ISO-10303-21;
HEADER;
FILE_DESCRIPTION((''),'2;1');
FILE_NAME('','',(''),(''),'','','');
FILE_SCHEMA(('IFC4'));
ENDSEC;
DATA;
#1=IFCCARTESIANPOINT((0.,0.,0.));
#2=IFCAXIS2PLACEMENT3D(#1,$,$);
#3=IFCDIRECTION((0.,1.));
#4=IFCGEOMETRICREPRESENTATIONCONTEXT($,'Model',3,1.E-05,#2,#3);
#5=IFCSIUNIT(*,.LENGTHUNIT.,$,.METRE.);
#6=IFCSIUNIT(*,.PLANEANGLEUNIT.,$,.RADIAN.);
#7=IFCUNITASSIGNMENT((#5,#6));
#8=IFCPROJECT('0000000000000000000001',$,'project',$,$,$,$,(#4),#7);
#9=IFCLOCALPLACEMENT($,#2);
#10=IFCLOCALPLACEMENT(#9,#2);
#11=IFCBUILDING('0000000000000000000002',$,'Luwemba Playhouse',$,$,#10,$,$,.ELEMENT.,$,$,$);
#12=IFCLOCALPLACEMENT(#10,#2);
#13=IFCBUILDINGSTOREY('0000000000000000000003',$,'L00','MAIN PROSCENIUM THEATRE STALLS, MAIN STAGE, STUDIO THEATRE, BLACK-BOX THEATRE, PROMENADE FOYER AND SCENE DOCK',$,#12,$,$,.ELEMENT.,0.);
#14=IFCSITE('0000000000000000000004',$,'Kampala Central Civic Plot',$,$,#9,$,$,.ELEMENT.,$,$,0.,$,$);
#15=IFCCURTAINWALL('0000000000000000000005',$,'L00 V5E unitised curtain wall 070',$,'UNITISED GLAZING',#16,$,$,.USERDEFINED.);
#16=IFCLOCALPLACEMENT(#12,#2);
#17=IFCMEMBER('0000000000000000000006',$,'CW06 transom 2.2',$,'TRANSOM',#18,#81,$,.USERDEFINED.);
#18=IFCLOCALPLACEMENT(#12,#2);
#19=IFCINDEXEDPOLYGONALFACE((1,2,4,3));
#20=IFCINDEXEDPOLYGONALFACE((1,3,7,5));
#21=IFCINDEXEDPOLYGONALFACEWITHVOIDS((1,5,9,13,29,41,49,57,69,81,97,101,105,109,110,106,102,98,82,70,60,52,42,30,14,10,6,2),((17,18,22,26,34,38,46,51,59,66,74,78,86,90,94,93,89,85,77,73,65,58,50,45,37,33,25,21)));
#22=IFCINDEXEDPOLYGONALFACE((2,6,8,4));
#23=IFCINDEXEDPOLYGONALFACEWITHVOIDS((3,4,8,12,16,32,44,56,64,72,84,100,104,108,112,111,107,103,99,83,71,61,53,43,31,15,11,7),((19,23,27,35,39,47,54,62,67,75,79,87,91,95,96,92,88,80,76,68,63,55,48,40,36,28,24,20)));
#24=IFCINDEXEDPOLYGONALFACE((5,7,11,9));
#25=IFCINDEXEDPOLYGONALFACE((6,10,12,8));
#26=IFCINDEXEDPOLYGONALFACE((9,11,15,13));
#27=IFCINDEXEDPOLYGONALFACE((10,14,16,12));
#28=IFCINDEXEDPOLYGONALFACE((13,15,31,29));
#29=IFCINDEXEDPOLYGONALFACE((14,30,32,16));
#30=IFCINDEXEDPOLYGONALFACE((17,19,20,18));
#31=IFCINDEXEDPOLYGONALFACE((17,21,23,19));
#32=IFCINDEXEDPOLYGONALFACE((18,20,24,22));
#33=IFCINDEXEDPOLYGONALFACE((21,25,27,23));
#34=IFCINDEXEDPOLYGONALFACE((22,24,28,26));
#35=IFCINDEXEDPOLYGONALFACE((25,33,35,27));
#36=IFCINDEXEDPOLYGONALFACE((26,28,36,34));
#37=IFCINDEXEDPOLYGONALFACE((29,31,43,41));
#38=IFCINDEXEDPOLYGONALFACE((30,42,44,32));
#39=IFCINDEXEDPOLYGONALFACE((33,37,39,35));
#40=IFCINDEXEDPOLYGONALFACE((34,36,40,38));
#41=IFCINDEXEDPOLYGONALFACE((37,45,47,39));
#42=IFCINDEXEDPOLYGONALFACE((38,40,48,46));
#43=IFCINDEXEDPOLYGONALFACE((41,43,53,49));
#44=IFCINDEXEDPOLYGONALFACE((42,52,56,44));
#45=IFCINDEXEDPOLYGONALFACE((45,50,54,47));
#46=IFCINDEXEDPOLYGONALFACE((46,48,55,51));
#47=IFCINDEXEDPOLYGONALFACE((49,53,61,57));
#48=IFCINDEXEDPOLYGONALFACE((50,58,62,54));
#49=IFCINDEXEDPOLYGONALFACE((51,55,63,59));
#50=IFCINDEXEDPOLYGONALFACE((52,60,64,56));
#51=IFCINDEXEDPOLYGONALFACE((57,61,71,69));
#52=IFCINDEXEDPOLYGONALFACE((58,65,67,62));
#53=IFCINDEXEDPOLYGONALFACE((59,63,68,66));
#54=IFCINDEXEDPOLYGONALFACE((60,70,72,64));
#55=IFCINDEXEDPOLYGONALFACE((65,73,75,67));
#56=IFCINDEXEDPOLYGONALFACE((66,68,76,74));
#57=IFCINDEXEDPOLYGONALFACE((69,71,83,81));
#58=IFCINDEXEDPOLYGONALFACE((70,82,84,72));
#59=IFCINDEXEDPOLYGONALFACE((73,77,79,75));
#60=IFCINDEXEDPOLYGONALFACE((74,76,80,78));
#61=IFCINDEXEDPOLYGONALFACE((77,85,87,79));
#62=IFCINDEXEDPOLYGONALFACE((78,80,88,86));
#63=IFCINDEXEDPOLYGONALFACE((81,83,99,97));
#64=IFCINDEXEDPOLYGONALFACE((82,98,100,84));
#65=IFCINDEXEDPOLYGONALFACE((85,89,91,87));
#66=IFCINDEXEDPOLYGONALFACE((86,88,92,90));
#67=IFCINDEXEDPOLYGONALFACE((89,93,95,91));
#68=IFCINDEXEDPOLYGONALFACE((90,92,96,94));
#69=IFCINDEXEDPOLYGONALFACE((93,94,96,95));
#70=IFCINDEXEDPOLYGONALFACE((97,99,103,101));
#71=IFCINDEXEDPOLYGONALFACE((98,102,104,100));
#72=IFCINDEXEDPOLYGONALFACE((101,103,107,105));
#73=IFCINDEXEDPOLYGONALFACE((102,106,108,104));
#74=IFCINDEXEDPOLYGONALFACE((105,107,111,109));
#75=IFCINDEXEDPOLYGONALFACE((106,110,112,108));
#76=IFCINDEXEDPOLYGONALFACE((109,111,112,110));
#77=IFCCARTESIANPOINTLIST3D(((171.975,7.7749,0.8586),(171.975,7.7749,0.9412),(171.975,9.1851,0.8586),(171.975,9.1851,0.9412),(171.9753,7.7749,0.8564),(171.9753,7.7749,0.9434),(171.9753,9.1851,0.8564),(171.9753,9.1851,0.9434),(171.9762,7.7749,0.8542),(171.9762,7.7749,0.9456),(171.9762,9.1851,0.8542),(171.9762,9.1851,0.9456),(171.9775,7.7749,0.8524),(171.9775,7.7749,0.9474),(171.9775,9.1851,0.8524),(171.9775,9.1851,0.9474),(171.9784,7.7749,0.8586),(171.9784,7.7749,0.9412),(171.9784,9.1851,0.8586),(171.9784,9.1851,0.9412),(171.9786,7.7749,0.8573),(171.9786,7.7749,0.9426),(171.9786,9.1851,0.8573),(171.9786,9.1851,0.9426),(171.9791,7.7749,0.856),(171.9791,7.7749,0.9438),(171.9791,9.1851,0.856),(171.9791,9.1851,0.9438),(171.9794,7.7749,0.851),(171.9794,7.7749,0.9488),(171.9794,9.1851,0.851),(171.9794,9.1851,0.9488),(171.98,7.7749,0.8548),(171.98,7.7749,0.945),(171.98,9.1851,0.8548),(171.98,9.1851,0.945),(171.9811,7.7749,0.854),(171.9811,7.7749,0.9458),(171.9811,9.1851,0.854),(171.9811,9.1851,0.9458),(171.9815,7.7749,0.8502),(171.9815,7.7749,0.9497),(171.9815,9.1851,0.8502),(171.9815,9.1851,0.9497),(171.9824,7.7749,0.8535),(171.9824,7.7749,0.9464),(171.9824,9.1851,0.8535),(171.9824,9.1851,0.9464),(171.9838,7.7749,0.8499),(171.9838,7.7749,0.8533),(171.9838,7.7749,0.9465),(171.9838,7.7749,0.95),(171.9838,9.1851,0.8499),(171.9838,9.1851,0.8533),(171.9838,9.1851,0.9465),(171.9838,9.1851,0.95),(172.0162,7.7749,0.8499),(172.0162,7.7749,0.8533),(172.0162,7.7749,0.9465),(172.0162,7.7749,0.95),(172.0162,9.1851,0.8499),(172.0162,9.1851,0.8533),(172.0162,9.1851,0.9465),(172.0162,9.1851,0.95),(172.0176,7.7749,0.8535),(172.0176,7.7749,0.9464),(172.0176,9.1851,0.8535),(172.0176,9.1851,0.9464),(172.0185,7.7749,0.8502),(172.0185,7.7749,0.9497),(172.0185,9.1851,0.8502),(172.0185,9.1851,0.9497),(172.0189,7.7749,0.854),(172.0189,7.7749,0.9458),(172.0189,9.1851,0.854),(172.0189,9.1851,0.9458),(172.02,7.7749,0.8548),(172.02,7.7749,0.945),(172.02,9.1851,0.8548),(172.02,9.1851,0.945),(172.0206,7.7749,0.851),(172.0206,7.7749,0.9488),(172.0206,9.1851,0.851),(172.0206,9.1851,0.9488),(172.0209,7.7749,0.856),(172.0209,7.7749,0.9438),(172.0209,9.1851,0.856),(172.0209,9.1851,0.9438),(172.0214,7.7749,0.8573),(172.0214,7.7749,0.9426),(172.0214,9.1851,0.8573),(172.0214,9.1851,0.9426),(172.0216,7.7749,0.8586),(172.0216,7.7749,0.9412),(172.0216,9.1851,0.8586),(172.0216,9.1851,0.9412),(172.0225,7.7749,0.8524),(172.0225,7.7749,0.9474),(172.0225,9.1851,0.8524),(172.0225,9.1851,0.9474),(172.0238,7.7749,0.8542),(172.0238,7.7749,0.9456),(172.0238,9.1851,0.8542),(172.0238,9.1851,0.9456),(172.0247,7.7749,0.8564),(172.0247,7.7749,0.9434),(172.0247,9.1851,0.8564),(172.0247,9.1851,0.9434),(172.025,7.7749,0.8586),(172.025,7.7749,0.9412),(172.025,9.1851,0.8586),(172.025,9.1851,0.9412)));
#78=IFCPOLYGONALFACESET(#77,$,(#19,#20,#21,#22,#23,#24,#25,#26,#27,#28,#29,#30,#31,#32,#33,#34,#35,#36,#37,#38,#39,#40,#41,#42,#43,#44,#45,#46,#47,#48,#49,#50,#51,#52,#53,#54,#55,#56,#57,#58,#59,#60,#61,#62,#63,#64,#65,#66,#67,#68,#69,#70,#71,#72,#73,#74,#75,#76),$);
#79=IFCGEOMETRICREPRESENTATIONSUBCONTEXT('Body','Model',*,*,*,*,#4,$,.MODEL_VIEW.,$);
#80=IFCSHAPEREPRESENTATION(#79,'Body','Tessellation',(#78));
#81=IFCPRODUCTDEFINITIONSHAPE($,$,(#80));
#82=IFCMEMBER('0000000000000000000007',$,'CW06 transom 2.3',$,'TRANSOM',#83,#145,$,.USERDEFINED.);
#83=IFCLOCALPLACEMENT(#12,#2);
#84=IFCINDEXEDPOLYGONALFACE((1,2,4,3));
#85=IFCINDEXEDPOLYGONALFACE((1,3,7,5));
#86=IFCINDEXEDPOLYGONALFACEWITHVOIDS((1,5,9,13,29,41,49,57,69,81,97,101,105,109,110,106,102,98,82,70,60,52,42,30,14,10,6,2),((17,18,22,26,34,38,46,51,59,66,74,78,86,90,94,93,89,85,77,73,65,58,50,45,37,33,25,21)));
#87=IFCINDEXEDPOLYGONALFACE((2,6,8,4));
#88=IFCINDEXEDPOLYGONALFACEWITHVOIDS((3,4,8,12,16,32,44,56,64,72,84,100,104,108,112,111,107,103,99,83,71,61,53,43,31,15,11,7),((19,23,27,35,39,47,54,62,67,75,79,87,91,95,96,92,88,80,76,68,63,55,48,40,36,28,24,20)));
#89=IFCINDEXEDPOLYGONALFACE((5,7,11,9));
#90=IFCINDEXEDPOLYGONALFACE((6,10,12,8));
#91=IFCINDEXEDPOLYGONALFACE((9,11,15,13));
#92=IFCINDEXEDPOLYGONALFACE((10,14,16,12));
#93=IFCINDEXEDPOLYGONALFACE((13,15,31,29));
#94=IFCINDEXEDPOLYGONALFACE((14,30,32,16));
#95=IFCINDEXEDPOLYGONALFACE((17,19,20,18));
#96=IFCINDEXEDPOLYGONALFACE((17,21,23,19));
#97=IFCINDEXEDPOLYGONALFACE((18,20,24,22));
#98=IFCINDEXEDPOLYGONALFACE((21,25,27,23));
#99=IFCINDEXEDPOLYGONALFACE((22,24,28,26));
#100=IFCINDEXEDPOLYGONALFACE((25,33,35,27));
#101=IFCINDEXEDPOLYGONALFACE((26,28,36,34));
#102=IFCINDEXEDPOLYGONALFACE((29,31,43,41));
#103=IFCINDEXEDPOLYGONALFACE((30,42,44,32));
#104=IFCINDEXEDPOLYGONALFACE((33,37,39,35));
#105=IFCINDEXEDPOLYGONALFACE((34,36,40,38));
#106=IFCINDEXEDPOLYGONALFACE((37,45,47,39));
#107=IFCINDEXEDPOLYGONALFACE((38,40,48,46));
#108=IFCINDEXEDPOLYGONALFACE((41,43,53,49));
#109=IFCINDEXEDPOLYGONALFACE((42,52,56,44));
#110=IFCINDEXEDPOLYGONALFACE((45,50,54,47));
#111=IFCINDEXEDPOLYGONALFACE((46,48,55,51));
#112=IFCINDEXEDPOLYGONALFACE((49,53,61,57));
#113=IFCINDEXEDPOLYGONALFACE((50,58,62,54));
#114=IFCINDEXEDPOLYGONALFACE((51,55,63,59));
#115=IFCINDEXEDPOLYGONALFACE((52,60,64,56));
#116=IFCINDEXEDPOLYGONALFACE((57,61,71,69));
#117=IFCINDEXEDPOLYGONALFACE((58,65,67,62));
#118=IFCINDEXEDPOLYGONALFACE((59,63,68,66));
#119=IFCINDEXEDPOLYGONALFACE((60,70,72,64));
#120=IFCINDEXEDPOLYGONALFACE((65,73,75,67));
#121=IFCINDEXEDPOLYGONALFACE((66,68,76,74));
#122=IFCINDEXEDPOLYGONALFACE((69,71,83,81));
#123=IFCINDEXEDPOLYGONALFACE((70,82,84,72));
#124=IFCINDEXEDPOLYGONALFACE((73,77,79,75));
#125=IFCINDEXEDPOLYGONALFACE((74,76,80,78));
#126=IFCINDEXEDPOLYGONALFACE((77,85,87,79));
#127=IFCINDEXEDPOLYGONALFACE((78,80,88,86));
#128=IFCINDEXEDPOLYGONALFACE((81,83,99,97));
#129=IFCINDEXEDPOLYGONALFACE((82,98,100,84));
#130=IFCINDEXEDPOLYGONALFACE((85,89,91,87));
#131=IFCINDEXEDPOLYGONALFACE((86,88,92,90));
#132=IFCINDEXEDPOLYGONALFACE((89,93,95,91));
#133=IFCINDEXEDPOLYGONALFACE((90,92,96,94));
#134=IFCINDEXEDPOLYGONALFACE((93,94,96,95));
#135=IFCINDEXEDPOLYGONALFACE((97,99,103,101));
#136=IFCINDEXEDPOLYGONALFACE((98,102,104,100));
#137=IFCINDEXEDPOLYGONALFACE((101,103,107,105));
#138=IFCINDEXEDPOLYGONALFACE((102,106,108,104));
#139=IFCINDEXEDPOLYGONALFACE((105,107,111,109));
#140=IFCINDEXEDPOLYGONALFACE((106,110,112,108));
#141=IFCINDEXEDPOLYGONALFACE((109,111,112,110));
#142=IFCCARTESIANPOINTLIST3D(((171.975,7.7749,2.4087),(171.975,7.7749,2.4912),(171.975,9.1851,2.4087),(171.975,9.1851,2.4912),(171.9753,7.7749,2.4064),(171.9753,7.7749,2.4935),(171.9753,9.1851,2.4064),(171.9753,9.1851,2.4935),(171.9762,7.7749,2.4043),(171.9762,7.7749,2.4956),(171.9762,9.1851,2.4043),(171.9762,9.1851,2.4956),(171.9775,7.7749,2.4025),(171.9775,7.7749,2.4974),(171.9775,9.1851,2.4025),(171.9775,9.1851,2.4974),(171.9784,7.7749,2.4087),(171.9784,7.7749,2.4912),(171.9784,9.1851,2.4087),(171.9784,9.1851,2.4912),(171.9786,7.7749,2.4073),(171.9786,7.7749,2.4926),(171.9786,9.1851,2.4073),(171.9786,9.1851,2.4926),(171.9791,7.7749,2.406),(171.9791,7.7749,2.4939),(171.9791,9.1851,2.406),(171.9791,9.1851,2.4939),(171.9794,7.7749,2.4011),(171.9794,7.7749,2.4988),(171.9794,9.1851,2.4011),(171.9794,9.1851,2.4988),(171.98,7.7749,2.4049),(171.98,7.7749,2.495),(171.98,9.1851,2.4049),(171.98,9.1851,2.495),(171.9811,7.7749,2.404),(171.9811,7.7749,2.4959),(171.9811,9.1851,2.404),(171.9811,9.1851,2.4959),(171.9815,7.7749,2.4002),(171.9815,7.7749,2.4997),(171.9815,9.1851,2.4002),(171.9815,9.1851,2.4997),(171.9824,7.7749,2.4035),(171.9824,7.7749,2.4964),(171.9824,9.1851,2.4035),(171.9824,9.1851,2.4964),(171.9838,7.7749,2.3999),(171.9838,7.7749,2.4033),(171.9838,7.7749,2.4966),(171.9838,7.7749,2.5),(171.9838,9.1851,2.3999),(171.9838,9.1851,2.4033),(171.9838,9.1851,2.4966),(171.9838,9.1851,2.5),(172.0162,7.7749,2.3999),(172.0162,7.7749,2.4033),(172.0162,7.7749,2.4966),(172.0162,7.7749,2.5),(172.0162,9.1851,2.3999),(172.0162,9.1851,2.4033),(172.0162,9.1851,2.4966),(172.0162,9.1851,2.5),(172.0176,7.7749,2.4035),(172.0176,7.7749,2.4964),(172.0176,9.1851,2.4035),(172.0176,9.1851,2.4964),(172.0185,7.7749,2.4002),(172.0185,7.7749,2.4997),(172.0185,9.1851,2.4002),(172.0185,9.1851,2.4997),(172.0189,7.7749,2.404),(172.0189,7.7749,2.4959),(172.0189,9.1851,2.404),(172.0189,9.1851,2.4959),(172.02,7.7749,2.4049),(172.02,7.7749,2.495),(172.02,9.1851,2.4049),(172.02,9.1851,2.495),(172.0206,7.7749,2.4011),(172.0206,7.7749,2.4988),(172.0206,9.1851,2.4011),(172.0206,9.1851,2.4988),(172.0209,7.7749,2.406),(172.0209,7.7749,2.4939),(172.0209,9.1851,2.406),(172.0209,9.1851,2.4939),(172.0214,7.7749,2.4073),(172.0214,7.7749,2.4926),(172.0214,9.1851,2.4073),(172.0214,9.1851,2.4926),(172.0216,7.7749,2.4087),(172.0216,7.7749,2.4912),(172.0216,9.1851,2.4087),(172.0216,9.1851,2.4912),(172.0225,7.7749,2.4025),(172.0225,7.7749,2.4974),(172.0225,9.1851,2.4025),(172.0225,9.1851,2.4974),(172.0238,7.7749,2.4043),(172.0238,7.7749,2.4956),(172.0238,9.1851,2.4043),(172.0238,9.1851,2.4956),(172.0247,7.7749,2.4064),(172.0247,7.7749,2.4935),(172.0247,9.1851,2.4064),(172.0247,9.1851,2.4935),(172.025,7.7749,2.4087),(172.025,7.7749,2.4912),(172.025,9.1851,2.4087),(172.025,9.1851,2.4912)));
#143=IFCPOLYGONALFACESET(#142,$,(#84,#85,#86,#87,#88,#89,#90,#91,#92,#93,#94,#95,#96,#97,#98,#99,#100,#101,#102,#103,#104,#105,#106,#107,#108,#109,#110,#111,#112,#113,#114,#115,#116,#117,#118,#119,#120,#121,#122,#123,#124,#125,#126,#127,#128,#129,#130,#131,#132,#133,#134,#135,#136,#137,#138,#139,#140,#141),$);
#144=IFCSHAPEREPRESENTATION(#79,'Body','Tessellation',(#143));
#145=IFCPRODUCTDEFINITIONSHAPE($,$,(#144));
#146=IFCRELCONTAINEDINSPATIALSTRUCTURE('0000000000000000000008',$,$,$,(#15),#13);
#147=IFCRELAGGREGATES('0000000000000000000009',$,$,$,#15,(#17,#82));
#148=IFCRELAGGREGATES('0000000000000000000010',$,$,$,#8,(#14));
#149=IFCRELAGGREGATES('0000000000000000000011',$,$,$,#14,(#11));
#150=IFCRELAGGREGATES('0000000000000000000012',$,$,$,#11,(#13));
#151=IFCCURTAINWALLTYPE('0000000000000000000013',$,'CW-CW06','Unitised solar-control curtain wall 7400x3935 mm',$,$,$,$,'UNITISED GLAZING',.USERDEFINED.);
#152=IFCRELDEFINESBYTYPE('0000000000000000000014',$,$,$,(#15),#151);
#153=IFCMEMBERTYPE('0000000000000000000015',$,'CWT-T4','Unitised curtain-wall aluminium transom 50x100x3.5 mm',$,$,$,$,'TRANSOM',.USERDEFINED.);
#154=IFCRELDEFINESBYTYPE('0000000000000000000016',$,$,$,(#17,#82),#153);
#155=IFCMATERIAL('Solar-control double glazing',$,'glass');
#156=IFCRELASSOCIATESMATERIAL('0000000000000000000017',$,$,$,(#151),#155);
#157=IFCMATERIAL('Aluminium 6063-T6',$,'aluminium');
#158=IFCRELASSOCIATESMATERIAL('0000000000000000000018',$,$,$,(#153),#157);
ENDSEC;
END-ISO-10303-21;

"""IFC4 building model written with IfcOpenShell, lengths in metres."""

from ifc_helpers import new_model, si_unit, direction, frame, origin, origin_2d, place, context, subcontext, project, spatial, hollow_rectangle, extrude, material, material_profile, profile_set, type_object, element, aggregate, save


model = new_model("IFC4")

# Units and contexts
model_context = context("Model", 3, precision=1e-05, world=origin(), true_north=direction((0.0, 1.0)))
body_context = subcontext(model_context, "Body", "Model", "MODEL_VIEW")
ifc_project = project(units=[si_unit("LENGTHUNIT", "METRE"), si_unit("PLANEANGLEUNIT", "RADIAN")], contexts=[model_context])

# Site, building, storey
site_placement = place(None, origin())
site = spatial("IfcSite", under=ifc_project, at=site_placement, Name="Kampala Central Civic Plot", CompositionType="ELEMENT", RefElevation=0.0)
building_placement = place(site_placement, origin())
building = spatial("IfcBuilding", under=site, at=building_placement, Name="Luwemba Playhouse", CompositionType="ELEMENT")
storey_placement = place(building_placement, origin())
storey = spatial("IfcBuildingStorey", under=building, at=storey_placement, Name="L00", Description="MAIN PROSCENIUM THEATRE STALLS, MAIN STAGE, STUDIO THEATRE, BLACK-BOX THEATRE, PROMENADE FOYER AND SCENE DOCK", CompositionType="ELEMENT", Elevation=0.0)

# Shared definitions
ifc_material_1 = material(Name="Solar-control double glazing", Category="glass")
ifc_material_2 = material(Name="Aluminium 6063-T6", Category="aluminium")

# Curtain wall
curtain_wall_type_1 = type_object("IfcCurtainWallType", Name="CW-CW06", Description="Unitised solar-control curtain wall 7400x3935 mm", ElementType="UNITISED GLAZING", PredefinedType="USERDEFINED", material=ifc_material_1)
curtain_wall_1_placement = place(storey_placement, origin())
curtain_wall_1 = element("IfcCurtainWall", 1, at=curtain_wall_1_placement, inside=storey, type_object=curtain_wall_type_1, Name="L00 V5E unitised curtain wall 070", ObjectType="UNITISED GLAZING", PredefinedType="USERDEFINED")

# Members
ifc_material_profile_1 = material_profile(ifc_material_2, hollow_rectangle(XDim=0.05, YDim=0.1001, WallThickness=0.0034, InnerFilletRadius=0.0054, OuterFilletRadius=0.0088, at=origin_2d()))
ifc_profile_set_1 = profile_set([ifc_material_profile_1], Name="Aluminium 6063-T6")
member_type_1 = type_object("IfcMemberType", Name="CWT-T4", Description="Unitised curtain-wall aluminium transom 50x100x3.5 mm", ElementType="TRANSOM", PredefinedType="USERDEFINED", material=ifc_profile_set_1)
member_1_placement = place(storey_placement, frame((172.0, 9.1851, 0.8999), z_axis=(0.0, -1.0, 0.0), x_axis=(1.0, 0.0, 0.0)))
member_1 = element("IfcMember", 2, at=member_1_placement, type_object=member_type_1, Name="CW06 transom 2.2", ObjectType="TRANSOM", PredefinedType="USERDEFINED", context=body_context, shape_type="SweptSolid", body=[
    extrude(hollow_rectangle(XDim=0.05, YDim=0.1001, WallThickness=0.0034, InnerFilletRadius=0.0054, OuterFilletRadius=0.0088, at=origin_2d()), origin(), (0.0, 0.0, 1.0), 1.4102),
])
member_2_placement = place(storey_placement, frame((172.0, 9.1851, 2.45), z_axis=(0.0, -1.0, 0.0), x_axis=(1.0, 0.0, 0.0)))
member_2 = element("IfcMember", 3, at=member_2_placement, type_object=member_type_1, Name="CW06 transom 2.3", ObjectType="TRANSOM", PredefinedType="USERDEFINED", context=body_context, shape_type="SweptSolid", body=[
    extrude(hollow_rectangle(XDim=0.05, YDim=0.1001, WallThickness=0.0034, InnerFilletRadius=0.0054, OuterFilletRadius=0.0088, at=origin_2d()), origin(), (0.0, 0.0, 1.0), 1.4102),
])

aggregate(curtain_wall_1, [member_1, member_2])

save(model, "model.ifc")
